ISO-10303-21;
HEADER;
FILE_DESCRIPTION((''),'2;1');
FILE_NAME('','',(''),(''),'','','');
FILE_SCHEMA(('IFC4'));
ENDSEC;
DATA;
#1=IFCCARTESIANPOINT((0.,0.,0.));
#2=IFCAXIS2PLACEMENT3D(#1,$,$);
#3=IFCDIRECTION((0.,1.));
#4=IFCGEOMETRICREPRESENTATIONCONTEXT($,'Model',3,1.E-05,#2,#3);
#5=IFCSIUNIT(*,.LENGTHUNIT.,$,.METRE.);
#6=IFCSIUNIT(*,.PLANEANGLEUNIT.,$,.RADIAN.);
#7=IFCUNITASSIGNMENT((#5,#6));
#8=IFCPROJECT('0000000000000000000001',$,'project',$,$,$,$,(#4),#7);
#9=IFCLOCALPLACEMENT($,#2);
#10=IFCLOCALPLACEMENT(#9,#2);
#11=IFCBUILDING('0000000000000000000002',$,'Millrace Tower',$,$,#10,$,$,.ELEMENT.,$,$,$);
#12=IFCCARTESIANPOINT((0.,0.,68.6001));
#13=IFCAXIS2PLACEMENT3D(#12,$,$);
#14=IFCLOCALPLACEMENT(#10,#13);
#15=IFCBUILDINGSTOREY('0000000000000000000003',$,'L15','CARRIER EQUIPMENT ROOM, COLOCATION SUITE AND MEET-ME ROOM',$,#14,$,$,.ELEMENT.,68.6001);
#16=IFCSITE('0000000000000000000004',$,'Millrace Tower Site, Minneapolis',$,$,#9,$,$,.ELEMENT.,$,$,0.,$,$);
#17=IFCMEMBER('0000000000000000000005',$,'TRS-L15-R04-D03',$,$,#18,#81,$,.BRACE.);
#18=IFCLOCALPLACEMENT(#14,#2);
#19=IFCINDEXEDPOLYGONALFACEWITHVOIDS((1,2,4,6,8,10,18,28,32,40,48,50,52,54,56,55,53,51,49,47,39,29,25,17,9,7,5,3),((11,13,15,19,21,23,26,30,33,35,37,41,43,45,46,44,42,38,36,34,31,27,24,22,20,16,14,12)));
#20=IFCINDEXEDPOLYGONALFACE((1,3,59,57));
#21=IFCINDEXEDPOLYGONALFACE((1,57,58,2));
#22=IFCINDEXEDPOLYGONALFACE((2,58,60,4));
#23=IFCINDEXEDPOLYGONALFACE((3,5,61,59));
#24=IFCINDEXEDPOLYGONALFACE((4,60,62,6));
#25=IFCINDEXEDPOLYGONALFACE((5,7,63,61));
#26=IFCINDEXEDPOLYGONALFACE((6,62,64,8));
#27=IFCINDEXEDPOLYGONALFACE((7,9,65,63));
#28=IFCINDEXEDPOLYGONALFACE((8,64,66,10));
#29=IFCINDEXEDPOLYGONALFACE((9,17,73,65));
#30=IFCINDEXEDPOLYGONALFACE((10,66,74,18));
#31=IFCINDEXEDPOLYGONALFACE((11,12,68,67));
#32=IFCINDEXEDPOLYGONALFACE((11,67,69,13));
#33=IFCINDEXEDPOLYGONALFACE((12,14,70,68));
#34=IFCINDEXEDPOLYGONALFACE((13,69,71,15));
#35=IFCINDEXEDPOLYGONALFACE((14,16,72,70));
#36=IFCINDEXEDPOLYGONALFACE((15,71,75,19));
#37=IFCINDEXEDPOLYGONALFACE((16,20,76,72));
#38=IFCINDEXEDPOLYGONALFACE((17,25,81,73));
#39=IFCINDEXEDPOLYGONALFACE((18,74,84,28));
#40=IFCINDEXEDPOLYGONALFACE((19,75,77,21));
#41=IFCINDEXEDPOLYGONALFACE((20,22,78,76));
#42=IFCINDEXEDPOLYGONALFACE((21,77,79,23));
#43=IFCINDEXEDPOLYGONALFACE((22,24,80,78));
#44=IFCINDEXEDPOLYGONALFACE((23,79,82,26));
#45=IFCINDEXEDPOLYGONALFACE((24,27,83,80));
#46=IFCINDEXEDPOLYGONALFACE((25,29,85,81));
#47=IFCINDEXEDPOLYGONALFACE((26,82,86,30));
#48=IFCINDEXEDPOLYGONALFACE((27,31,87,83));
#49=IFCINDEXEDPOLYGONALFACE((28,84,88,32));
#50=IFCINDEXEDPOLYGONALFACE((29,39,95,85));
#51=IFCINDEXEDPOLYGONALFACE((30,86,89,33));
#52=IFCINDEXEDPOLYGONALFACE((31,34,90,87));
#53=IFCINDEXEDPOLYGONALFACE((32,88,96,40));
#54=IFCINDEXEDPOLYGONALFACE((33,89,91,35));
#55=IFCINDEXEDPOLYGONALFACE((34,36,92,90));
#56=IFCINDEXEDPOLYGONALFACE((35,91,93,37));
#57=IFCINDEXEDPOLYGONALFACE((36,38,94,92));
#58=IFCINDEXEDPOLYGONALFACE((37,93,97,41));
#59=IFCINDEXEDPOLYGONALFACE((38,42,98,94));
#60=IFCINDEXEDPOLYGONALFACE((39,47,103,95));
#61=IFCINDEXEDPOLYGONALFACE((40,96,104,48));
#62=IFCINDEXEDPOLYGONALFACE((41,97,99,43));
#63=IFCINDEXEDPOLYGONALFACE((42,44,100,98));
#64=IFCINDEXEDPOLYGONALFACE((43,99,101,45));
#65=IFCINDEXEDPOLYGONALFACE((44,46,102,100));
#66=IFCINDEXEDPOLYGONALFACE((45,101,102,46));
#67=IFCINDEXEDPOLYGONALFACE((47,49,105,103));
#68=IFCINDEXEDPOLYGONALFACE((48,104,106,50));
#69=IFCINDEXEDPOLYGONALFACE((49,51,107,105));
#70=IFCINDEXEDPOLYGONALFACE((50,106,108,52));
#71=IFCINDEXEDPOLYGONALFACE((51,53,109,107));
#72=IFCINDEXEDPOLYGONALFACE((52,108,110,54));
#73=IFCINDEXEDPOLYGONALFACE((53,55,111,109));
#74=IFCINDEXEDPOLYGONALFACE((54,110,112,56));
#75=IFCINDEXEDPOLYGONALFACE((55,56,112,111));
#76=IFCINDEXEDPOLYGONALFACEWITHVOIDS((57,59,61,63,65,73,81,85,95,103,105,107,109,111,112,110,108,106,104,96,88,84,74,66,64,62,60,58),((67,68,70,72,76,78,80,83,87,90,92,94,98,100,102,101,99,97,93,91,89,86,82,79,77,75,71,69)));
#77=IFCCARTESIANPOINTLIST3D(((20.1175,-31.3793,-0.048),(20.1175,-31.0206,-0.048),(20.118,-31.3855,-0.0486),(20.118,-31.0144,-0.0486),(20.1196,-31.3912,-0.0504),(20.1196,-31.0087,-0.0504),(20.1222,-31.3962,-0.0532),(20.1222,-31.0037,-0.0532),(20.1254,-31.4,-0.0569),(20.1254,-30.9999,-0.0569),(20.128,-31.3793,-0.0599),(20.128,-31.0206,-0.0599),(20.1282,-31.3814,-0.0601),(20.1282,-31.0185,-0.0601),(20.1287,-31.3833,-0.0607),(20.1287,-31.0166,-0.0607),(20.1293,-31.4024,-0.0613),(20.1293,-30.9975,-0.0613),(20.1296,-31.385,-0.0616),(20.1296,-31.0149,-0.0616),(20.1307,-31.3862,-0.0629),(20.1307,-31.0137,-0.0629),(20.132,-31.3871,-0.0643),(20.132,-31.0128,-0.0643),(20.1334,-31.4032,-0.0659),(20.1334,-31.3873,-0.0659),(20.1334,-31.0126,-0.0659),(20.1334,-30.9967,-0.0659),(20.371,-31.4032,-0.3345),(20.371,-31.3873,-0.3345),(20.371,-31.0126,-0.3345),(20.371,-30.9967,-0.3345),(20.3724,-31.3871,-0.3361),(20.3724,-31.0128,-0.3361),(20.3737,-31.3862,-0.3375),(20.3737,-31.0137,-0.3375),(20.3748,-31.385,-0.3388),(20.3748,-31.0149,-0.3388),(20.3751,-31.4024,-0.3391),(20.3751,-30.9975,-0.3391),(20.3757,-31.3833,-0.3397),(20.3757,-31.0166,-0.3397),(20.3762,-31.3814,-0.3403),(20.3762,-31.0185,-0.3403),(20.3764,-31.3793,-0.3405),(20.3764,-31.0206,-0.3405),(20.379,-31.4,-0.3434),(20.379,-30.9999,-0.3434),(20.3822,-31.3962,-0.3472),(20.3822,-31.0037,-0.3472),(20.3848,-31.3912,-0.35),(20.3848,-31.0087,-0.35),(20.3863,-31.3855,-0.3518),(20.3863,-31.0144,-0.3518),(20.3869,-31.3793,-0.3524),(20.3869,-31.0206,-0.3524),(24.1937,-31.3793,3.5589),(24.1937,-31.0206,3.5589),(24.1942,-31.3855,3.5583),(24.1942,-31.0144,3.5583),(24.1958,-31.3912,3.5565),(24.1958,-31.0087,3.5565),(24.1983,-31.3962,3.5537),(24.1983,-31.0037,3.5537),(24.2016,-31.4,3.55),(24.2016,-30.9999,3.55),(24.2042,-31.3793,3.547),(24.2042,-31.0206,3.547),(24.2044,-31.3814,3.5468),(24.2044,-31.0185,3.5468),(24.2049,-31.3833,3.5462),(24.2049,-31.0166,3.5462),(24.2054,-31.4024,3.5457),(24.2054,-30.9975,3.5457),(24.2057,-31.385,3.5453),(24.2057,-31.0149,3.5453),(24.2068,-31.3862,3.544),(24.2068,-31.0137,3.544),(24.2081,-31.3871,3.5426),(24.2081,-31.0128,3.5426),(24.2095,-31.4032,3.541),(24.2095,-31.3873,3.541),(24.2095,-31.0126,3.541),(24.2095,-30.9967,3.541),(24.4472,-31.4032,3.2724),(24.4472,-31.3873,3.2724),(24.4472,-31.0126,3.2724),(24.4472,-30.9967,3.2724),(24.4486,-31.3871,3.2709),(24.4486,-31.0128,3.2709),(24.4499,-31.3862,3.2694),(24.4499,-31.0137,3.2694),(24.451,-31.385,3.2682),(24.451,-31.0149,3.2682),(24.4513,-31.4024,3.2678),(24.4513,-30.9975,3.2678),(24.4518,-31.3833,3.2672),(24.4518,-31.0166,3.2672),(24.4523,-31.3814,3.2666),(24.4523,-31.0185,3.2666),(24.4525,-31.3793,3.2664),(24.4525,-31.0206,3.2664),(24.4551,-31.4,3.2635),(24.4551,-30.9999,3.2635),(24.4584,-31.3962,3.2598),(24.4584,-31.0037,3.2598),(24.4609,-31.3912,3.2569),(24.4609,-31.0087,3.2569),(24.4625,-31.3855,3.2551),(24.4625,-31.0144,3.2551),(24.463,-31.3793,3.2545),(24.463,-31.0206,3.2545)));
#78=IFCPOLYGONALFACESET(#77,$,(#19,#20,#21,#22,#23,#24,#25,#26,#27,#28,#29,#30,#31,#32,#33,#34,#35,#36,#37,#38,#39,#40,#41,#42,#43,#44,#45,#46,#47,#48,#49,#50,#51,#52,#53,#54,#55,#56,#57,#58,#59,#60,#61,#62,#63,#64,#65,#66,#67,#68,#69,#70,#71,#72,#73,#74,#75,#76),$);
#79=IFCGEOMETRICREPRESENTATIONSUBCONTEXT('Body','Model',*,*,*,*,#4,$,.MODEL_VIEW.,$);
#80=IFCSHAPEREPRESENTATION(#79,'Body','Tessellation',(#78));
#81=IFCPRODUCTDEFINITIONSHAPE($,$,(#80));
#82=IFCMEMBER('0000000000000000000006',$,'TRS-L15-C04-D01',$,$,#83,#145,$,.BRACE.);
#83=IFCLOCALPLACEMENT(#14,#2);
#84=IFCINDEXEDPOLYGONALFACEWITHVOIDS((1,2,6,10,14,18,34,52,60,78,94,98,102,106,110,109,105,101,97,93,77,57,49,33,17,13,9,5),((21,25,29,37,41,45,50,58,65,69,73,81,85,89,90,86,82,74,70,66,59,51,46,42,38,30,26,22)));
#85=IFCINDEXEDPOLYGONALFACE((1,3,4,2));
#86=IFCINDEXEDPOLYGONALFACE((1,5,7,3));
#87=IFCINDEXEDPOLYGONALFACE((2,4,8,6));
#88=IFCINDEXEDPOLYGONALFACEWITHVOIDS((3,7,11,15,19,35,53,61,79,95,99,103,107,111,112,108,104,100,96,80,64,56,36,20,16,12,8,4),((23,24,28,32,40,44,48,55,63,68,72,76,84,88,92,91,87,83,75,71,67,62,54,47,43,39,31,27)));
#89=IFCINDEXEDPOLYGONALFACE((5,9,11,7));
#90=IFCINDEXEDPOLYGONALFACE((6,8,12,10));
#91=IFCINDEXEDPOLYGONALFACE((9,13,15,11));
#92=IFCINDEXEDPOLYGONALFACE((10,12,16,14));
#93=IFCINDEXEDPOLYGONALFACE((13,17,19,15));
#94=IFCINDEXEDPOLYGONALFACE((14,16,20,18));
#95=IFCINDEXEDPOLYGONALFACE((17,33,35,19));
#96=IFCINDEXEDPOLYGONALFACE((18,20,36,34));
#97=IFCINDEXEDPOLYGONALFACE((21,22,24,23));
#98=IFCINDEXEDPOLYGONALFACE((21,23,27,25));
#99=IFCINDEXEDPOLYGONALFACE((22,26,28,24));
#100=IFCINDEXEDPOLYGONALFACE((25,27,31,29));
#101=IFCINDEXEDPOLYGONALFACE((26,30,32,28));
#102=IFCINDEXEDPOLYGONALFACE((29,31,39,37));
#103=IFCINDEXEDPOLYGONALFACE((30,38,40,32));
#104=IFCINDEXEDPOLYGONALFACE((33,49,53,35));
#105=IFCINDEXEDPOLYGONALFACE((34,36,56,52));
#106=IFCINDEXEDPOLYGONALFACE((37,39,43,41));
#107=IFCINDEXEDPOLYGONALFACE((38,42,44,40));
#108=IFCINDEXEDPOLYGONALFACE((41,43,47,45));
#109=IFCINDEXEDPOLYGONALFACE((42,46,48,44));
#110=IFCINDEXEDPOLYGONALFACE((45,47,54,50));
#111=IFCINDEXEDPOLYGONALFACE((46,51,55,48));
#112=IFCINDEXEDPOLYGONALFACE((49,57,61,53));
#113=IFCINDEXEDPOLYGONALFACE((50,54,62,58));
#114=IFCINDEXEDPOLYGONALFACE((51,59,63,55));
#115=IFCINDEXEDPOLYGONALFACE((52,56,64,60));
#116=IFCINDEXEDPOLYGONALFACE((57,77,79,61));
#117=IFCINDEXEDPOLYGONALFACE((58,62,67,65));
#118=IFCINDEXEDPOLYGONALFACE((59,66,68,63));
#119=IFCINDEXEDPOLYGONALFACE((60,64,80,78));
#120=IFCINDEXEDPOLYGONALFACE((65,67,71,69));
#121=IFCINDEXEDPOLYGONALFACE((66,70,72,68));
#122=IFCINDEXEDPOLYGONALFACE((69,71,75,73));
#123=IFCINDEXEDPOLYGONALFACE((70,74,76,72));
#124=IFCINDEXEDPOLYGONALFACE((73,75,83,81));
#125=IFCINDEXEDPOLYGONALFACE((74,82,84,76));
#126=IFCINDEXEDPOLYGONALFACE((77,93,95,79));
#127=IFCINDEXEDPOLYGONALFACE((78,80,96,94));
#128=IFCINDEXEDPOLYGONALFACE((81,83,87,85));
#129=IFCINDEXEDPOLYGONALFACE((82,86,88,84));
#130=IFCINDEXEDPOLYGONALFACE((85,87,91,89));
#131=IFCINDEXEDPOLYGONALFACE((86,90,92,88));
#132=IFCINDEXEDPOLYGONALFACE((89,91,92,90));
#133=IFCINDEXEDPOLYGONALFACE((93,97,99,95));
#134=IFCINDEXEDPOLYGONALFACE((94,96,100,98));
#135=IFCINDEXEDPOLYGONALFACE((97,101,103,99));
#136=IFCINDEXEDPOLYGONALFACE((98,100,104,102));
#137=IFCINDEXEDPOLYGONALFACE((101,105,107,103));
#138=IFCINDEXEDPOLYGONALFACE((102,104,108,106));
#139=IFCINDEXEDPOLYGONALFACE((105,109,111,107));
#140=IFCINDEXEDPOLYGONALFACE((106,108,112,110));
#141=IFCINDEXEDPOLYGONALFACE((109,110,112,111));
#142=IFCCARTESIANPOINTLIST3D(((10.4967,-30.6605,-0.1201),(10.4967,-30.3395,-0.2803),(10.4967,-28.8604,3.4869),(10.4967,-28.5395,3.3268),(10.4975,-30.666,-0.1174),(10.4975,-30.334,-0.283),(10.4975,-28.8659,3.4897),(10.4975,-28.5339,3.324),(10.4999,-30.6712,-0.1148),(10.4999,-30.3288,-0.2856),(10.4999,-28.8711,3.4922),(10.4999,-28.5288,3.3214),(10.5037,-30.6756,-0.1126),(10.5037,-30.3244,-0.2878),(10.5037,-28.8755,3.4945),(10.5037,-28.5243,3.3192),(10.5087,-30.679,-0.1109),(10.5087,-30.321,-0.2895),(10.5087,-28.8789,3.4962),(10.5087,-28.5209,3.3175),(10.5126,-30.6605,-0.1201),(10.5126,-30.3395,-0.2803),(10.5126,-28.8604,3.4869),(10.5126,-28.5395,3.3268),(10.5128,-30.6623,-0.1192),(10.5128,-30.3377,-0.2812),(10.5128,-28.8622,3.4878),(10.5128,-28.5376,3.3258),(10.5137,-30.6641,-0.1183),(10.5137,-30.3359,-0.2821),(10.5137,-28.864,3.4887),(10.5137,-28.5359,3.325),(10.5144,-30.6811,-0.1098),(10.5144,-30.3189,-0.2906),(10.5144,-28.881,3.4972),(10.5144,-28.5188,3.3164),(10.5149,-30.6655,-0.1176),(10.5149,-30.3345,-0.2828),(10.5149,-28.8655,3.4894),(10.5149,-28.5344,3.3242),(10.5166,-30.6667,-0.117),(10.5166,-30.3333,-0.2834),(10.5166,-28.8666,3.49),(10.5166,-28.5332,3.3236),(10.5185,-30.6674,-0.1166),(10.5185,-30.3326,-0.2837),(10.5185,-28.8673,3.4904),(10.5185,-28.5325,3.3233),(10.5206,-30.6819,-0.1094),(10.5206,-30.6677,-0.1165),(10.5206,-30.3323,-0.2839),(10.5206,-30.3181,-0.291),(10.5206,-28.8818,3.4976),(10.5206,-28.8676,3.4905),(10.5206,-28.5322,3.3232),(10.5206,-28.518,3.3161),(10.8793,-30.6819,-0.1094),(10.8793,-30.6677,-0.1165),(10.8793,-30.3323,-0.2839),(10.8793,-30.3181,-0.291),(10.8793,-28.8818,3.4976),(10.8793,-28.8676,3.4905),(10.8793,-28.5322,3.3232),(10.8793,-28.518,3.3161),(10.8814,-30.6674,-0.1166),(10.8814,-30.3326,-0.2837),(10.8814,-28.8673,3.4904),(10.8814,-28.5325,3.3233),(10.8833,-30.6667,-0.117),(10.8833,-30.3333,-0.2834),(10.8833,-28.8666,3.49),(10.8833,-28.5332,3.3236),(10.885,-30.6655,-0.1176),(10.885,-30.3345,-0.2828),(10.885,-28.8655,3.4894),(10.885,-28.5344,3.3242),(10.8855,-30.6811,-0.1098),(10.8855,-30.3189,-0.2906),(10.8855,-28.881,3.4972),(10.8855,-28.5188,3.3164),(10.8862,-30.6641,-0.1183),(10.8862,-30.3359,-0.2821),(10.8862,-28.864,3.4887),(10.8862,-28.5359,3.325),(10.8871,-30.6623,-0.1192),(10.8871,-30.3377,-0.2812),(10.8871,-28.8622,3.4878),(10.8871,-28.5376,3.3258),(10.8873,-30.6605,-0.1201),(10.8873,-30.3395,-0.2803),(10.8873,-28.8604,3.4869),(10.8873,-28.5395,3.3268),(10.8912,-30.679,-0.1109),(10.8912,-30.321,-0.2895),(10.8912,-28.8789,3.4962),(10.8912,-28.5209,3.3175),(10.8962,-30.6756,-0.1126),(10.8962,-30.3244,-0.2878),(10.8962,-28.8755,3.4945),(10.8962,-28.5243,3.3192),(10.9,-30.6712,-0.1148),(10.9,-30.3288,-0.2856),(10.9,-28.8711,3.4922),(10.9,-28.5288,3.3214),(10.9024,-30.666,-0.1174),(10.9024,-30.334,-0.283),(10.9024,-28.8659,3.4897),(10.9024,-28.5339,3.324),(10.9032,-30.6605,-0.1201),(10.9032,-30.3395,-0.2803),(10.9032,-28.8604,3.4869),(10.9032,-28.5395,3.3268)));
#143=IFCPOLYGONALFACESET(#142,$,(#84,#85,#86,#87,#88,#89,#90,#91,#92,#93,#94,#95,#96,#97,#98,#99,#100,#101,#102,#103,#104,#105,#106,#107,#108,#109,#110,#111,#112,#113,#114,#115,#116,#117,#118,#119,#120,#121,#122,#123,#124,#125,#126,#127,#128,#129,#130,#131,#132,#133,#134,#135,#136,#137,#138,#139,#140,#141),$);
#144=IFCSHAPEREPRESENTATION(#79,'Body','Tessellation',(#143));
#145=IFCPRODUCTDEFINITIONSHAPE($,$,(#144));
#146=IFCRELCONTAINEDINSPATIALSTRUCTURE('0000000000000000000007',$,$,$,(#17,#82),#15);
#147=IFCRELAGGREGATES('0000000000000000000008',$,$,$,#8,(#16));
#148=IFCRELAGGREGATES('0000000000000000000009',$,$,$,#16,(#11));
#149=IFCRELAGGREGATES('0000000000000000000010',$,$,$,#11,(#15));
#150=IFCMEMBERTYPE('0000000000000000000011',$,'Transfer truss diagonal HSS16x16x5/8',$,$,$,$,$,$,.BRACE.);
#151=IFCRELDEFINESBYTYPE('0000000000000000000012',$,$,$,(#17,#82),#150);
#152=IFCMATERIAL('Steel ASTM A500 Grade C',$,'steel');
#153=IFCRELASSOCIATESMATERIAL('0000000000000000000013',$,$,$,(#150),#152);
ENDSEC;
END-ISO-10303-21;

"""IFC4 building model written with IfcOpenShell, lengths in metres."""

from ifc_helpers import new_model, si_unit, direction, frame, origin, origin_2d, place, context, subcontext, project, spatial, hollow_rectangle, extrude, material, material_profile, profile_set, type_object, element, save


model = new_model("IFC4")

# Units and contexts
model_context = context("Model", 3, precision=1e-05, world=origin(), true_north=direction((0.0, 1.0)))
body_context = subcontext(model_context, "Body", "Model", "MODEL_VIEW")
ifc_project = project(units=[si_unit("LENGTHUNIT", "METRE"), si_unit("PLANEANGLEUNIT", "RADIAN")], contexts=[model_context])

# Site, building, storey
site_placement = place(None, origin())
site = spatial("IfcSite", under=ifc_project, at=site_placement, Name="Millrace Tower Site, Minneapolis", CompositionType="ELEMENT", RefElevation=0.0)
building_placement = place(site_placement, origin())
building = spatial("IfcBuilding", under=site, at=building_placement, Name="Millrace Tower", CompositionType="ELEMENT")
storey_placement = place(building_placement, frame((0.0, 0.0, 68.6001)))
storey = spatial("IfcBuildingStorey", under=building, at=storey_placement, Name="L15", Description="CARRIER EQUIPMENT ROOM, COLOCATION SUITE AND MEET-ME ROOM", CompositionType="ELEMENT", Elevation=68.6001)

# Members
ifc_material_1 = material(Name="Steel ASTM A500 Grade C", Category="steel")
ifc_material_profile_1 = material_profile(ifc_material_1, hollow_rectangle(XDim=0.4065, YDim=0.4065, WallThickness=0.0159, InnerFilletRadius=0.0081, OuterFilletRadius=0.0239, at=origin_2d()))
ifc_profile_set_1 = profile_set([ifc_material_profile_1], Name="Steel ASTM A500 Grade C")
member_type_1 = type_object("IfcMemberType", Name="Transfer truss diagonal HSS16x16x5/8", PredefinedType="BRACE", material=ifc_profile_set_1)
member_1_placement = place(storey_placement, frame((20.2522, -31.2, -0.2002), z_axis=(0.748897, 0.0, 0.662686), x_axis=(0.0, 1.0, 0.0)))
element("IfcMember", 1, at=member_1_placement, inside=storey, type_object=member_type_1, Name="TRS-L15-R04-D03", PredefinedType="BRACE", context=body_context, shape_type="SweptSolid", body=[
    extrude(hollow_rectangle(XDim=0.4065, YDim=0.4065, WallThickness=0.0159, InnerFilletRadius=0.0081, OuterFilletRadius=0.0239, at=origin_2d()), origin(), (0.0, 0.0, 1.0), 5.4429),
])
member_2_placement = place(storey_placement, frame((10.7, -30.5, -0.2002), z_axis=(0.0, 0.446535, 0.894766), x_axis=(-1.0, 0.0, 0.0)))
element("IfcMember", 2, at=member_2_placement, inside=storey, type_object=member_type_1, Name="TRS-L15-C04-D01", PredefinedType="BRACE", context=body_context, shape_type="SweptSolid", body=[
    extrude(hollow_rectangle(XDim=0.4065, YDim=0.4065, WallThickness=0.0159, InnerFilletRadius=0.0081, OuterFilletRadius=0.0239, at=origin_2d()), origin(), (0.0, 0.0, 1.0), 4.0312),
])

save(model, "model.ifc")
